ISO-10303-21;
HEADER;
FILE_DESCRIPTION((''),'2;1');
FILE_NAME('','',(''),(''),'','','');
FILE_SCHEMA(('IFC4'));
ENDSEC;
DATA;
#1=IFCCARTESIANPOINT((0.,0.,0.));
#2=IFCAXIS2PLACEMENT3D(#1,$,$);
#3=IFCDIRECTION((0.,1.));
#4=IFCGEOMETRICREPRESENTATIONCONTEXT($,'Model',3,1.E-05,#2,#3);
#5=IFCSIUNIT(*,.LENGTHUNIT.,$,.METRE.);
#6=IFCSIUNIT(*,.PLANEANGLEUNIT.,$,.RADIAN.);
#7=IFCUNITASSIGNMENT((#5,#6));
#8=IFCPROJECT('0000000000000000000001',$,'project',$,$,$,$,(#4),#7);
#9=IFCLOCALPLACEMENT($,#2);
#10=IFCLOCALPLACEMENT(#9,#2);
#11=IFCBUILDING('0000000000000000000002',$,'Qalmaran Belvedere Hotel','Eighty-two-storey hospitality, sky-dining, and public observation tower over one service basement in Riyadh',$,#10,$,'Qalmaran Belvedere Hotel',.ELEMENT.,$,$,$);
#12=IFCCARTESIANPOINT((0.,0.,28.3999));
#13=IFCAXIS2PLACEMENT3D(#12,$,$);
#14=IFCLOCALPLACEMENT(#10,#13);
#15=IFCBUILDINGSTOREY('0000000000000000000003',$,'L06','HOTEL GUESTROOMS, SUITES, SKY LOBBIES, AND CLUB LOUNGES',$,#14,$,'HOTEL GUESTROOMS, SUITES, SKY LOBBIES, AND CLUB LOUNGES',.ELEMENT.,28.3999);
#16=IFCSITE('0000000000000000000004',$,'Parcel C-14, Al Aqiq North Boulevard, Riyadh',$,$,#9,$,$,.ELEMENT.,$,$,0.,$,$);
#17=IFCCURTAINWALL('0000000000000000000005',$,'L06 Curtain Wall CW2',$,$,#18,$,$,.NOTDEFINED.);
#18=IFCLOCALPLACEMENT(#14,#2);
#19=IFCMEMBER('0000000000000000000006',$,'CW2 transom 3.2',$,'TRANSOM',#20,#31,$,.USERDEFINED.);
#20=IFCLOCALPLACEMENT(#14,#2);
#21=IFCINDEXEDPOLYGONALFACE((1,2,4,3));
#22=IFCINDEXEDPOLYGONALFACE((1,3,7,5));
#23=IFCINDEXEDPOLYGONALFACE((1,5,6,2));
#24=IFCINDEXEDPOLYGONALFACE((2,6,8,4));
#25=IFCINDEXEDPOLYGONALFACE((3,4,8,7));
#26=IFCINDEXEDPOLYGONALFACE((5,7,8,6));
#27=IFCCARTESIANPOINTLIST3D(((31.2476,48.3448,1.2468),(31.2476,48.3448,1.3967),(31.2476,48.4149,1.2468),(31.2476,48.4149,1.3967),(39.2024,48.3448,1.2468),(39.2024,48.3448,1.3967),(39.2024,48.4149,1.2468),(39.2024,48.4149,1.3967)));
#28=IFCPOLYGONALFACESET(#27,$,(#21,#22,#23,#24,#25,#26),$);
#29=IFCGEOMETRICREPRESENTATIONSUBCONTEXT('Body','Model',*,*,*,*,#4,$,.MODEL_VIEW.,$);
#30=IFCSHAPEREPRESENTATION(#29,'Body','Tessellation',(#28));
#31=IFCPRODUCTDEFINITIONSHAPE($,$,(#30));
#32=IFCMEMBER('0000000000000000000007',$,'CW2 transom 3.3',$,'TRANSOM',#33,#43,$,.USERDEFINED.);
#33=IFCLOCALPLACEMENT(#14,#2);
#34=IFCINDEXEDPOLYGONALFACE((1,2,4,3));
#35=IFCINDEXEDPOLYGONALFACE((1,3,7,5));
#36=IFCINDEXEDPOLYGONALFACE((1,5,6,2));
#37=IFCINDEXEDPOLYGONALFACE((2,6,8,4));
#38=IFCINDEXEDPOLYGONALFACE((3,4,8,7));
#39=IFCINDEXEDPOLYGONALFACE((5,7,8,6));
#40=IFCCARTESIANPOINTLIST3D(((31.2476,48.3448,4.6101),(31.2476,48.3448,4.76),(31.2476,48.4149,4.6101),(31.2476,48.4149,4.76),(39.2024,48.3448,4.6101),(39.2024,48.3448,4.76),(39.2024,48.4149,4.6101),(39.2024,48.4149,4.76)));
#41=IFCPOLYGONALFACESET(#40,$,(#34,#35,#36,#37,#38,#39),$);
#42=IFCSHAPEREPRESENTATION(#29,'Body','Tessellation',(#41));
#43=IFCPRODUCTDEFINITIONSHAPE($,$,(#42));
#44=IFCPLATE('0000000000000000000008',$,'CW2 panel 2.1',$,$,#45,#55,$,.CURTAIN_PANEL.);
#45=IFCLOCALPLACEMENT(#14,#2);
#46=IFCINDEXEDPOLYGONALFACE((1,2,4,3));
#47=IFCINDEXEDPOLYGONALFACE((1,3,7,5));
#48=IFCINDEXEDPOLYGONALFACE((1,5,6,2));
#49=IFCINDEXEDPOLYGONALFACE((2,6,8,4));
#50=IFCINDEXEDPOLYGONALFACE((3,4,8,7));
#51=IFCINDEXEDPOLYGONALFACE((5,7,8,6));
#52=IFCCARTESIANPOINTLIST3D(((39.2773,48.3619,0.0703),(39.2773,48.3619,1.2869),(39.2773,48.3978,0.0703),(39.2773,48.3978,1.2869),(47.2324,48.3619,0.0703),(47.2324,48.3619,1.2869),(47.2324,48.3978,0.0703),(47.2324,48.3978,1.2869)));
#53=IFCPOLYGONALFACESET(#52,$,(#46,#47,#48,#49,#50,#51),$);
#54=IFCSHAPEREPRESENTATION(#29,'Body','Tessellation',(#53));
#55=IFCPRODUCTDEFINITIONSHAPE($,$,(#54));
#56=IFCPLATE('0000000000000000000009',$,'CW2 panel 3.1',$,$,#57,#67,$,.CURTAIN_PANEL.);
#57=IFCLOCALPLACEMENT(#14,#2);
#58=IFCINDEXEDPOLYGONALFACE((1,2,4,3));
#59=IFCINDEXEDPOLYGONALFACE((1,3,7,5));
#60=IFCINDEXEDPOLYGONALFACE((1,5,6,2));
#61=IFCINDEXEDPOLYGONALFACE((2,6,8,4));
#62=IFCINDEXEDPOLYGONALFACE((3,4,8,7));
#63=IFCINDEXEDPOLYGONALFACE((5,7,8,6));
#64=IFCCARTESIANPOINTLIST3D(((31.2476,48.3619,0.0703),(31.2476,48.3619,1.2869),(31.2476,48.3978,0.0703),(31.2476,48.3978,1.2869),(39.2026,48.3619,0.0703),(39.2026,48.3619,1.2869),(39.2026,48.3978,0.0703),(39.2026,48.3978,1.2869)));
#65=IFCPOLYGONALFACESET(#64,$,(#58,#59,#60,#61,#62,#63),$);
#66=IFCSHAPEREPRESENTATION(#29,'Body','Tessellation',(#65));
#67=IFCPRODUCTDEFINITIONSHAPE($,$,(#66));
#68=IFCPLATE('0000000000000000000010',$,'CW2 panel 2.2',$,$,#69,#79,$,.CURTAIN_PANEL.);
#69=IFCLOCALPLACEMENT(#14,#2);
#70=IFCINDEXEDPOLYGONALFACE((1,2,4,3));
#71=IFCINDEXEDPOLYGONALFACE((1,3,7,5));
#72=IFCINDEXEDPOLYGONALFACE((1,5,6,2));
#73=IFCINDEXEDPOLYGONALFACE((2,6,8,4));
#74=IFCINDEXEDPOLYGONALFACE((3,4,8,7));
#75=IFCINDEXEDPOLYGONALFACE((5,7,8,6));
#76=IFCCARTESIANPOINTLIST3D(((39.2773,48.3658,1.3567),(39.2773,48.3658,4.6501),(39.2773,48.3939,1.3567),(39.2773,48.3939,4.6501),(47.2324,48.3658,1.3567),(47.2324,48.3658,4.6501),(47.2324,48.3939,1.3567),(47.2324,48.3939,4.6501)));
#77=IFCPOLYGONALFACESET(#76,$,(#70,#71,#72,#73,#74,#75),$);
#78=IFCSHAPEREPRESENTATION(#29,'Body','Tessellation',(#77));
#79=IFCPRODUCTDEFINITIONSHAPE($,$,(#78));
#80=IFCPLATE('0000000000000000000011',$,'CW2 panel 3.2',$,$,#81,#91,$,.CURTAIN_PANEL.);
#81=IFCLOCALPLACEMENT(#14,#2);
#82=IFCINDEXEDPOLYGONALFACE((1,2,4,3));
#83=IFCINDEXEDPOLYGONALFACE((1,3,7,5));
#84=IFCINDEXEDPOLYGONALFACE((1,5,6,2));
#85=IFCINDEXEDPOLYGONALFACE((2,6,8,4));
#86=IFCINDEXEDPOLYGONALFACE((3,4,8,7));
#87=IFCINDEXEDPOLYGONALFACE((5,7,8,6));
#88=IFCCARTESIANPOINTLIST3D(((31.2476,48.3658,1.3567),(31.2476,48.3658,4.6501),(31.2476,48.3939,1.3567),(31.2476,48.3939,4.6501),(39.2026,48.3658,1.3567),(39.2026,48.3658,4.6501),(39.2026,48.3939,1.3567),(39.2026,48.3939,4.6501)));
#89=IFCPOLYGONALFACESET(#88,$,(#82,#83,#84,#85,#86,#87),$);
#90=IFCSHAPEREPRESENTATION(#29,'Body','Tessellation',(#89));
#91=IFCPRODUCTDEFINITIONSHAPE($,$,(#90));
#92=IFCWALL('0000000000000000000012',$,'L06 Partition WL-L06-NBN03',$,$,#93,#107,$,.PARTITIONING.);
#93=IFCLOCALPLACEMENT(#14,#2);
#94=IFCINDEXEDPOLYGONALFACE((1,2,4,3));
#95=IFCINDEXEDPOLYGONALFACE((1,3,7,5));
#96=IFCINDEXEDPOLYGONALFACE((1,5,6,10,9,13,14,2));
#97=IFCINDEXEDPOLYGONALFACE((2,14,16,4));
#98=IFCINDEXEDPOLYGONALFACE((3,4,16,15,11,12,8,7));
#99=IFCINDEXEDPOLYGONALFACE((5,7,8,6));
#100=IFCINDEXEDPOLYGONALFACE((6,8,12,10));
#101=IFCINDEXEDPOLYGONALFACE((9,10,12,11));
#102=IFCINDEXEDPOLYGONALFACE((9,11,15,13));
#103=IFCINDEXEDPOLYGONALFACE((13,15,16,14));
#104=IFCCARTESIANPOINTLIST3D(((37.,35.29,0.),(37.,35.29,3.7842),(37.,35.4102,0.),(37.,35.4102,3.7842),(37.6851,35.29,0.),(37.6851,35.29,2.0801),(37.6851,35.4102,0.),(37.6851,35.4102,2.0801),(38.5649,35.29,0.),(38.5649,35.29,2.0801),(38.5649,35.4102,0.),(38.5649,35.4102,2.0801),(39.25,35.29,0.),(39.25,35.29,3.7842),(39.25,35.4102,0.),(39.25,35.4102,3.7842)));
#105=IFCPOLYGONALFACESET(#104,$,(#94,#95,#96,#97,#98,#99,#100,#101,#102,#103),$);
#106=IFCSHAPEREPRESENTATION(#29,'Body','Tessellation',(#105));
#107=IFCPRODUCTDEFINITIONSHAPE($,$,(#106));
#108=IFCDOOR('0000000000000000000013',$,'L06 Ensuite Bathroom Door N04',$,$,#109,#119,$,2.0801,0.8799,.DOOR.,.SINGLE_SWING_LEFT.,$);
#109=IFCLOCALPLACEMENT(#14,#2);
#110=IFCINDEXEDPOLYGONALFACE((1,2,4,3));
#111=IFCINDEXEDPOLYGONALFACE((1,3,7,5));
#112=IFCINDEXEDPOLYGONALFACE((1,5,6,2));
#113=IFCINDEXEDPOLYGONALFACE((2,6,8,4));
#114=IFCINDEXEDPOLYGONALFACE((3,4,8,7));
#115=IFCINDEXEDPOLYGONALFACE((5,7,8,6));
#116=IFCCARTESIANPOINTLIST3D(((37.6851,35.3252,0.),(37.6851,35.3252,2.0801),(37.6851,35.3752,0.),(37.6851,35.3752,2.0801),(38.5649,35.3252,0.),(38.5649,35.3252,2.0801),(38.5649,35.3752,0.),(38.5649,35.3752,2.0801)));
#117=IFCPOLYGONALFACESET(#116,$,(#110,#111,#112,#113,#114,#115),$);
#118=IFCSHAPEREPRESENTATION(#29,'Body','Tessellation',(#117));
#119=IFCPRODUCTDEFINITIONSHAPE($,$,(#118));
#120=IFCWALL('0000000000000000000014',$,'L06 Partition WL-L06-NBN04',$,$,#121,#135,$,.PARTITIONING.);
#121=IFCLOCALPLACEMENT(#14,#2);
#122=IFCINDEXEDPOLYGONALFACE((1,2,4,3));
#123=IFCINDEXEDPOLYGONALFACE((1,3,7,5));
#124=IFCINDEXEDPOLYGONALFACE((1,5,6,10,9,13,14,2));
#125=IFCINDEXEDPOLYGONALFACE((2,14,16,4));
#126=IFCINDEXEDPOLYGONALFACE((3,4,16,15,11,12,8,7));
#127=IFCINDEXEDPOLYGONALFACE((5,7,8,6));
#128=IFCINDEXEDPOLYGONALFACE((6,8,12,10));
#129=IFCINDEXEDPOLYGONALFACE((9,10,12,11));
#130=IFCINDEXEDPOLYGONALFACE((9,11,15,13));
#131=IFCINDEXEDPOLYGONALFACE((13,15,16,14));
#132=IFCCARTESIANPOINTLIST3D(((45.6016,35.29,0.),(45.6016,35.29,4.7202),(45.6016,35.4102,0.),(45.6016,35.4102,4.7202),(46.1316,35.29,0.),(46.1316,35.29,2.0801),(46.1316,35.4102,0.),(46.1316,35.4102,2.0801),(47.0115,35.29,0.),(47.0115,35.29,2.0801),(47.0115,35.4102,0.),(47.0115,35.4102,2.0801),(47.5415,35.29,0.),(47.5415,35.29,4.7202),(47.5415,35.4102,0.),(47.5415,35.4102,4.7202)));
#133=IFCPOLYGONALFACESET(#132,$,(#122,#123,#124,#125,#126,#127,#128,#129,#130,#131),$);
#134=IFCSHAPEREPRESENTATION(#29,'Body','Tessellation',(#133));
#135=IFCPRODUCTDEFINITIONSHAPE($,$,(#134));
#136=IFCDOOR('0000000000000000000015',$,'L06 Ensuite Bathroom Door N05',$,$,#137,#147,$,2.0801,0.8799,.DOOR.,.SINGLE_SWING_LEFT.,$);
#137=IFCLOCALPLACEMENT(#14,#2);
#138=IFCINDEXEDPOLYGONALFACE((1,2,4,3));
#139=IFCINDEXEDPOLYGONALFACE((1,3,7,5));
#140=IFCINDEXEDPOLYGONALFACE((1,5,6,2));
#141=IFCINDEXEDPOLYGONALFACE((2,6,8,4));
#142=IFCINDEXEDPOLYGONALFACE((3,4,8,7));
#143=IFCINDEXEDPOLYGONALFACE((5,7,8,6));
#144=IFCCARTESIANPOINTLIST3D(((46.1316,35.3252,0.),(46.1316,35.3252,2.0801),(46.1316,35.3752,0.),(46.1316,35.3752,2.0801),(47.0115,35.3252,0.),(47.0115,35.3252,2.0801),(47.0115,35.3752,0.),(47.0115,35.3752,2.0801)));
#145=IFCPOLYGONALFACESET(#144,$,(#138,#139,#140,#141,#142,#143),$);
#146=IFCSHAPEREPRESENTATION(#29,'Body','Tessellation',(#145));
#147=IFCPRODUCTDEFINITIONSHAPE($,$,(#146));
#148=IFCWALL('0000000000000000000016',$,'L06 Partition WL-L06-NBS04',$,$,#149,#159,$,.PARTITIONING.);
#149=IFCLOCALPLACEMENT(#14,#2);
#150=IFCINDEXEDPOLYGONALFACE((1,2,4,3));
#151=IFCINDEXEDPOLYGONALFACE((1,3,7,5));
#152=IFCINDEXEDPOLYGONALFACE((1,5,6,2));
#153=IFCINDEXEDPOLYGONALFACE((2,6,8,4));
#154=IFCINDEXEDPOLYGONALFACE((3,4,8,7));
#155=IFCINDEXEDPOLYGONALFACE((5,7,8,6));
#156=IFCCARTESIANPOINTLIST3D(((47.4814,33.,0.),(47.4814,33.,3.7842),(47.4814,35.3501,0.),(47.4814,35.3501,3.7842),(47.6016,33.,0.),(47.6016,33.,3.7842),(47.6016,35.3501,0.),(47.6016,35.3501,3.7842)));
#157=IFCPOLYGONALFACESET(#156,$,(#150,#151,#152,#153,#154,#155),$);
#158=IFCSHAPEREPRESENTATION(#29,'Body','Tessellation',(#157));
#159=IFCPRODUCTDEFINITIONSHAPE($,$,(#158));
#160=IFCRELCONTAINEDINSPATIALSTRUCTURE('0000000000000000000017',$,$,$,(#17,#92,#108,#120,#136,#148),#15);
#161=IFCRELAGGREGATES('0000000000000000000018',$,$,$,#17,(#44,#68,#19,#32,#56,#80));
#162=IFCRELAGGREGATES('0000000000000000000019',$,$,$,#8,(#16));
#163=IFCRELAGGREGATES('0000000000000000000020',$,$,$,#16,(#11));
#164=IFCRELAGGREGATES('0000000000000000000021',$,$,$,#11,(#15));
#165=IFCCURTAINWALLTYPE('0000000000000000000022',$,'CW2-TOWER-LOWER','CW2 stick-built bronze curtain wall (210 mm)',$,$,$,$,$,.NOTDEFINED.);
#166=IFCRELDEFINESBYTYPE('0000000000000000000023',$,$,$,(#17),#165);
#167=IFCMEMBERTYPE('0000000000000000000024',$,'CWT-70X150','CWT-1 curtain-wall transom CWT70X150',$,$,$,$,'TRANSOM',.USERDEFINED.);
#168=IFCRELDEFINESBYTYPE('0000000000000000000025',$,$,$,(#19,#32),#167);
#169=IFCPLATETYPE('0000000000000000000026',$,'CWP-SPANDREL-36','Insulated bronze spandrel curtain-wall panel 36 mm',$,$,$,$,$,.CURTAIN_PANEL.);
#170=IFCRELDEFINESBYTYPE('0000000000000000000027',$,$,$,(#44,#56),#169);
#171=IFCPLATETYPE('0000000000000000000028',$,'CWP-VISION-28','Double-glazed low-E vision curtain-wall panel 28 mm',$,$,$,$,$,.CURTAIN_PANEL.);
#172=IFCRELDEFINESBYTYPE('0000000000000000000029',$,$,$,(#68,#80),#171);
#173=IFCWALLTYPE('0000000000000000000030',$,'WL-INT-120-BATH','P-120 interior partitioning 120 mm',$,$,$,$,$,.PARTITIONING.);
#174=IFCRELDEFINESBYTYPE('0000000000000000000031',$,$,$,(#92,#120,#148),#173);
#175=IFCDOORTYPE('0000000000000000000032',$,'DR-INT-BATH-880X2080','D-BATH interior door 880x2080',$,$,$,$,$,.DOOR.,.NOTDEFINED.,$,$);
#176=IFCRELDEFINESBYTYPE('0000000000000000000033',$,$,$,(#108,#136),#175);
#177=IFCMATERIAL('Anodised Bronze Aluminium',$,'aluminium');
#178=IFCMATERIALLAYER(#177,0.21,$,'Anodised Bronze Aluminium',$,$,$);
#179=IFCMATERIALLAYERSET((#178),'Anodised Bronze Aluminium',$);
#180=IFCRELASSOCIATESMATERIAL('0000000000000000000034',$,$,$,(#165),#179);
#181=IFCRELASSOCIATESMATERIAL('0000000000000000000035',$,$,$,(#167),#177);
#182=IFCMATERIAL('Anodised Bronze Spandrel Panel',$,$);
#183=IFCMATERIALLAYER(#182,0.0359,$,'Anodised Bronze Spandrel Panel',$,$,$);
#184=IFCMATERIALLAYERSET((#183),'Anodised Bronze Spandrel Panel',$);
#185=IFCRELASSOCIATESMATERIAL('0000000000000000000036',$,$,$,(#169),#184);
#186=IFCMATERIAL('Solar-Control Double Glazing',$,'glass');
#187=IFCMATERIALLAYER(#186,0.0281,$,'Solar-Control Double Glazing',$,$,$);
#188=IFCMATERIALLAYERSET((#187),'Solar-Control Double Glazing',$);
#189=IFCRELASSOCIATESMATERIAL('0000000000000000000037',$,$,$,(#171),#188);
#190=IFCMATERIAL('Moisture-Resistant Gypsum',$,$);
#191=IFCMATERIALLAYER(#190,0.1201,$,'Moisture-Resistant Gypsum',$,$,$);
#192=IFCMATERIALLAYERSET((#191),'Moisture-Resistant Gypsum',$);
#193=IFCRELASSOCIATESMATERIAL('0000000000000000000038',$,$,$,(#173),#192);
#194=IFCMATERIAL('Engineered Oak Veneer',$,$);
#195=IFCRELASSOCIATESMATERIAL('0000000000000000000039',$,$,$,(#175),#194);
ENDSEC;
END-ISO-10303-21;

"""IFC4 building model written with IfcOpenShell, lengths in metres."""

from ifc_helpers import new_model, si_unit, direction, frame, frame_2d, origin, origin_2d, place, context, subcontext, project, spatial, rectangle, extrude, material, layer, layer_set, material_profile, profile_set, type_object, element, fill, aggregate, save


model = new_model("IFC4")

# Units and contexts
model_context = context("Model", 3, precision=1e-05, world=origin(), true_north=direction((0.0, 1.0)))
body_context = subcontext(model_context, "Body", "Model", "MODEL_VIEW")
ifc_project = project(units=[si_unit("LENGTHUNIT", "METRE"), si_unit("PLANEANGLEUNIT", "RADIAN")], contexts=[model_context])

# Site, building, storey
site_placement = place(None, origin())
site = spatial("IfcSite", under=ifc_project, at=site_placement, Name="Parcel C-14, Al Aqiq North Boulevard, Riyadh", CompositionType="ELEMENT", RefElevation=0.0)
building_placement = place(site_placement, origin())
building = spatial("IfcBuilding", under=site, at=building_placement, Name="Qalmaran Belvedere Hotel", Description="Eighty-two-storey hospitality, sky-dining, and public observation tower over one service basement in Riyadh", LongName="Qalmaran Belvedere Hotel", CompositionType="ELEMENT")
storey_placement = place(building_placement, frame((0.0, 0.0, 28.3999)))
storey = spatial("IfcBuildingStorey", under=building, at=storey_placement, Name="L06", Description="HOTEL GUESTROOMS, SUITES, SKY LOBBIES, AND CLUB LOUNGES", LongName="HOTEL GUESTROOMS, SUITES, SKY LOBBIES, AND CLUB LOUNGES", CompositionType="ELEMENT", Elevation=28.3999)

# Curtain wall, members, plates
ifc_material_1 = material(Name="Anodised Bronze Aluminium", Category="aluminium")
ifc_layer_1 = layer(ifc_material_1, 0.21, Name="Anodised Bronze Aluminium")
ifc_layer_set_1 = layer_set([ifc_layer_1], Name="Anodised Bronze Aluminium")
curtain_wall_type = type_object("IfcCurtainWallType", Name="CW2-TOWER-LOWER", Description="CW2 stick-built bronze curtain wall (210 mm)", PredefinedType="NOTDEFINED", material=ifc_layer_set_1)
curtain_wall_placement = place(storey_placement, origin())
curtain_wall = element("IfcCurtainWall", 1, at=curtain_wall_placement, inside=storey, type_object=curtain_wall_type, Name="L06 Curtain Wall CW2", PredefinedType="NOTDEFINED")
ifc_material_profile_1 = material_profile(ifc_material_1, rectangle(XDim=0.0701, YDim=0.1499, at=origin_2d()), Name="CWT70X150")
ifc_profile_set_1 = profile_set([ifc_material_profile_1], Name="Anodised Bronze Aluminium")
member_type_1 = type_object("IfcMemberType", Name="CWT-70X150", Description="CWT-1 curtain-wall transom CWT70X150", ElementType="TRANSOM", PredefinedType="USERDEFINED", material=ifc_profile_set_1)
member_1_placement = place(storey_placement, frame((39.2024, 48.3799, 1.3218), z_axis=(-1.0, 0.0, 0.0), x_axis=(0.0, -1.0, 0.0)))
member_1 = element("IfcMember", 2, at=member_1_placement, type_object=member_type_1, Name="CW2 transom 3.2", ObjectType="TRANSOM", PredefinedType="USERDEFINED", context=body_context, shape_type="SweptSolid", body=[
    extrude(rectangle(XDim=0.0701, YDim=0.1499, at=origin_2d()), origin(), (0.0, 0.0, 1.0), 7.9548),
])
member_2_placement = place(storey_placement, frame((39.2024, 48.3799, 4.6851), z_axis=(-1.0, 0.0, 0.0), x_axis=(0.0, -1.0, 0.0)))
member_2 = element("IfcMember", 3, at=member_2_placement, type_object=member_type_1, Name="CW2 transom 3.3", ObjectType="TRANSOM", PredefinedType="USERDEFINED", context=body_context, shape_type="SweptSolid", body=[
    extrude(rectangle(XDim=0.0701, YDim=0.1499, at=origin_2d()), origin(), (0.0, 0.0, 1.0), 7.9548),
])
ifc_material_2 = material(Name="Anodised Bronze Spandrel Panel")
ifc_layer_2 = layer(ifc_material_2, 0.0359, Name="Anodised Bronze Spandrel Panel")
ifc_layer_set_2 = layer_set([ifc_layer_2], Name="Anodised Bronze Spandrel Panel")
plate_type_1 = type_object("IfcPlateType", Name="CWP-SPANDREL-36", Description="Insulated bronze spandrel curtain-wall panel 36 mm", PredefinedType="CURTAIN_PANEL", material=ifc_layer_set_2)
plate_1_placement = place(storey_placement, frame((43.2549, 48.3799, 0.0703), z_axis=(0.0, 0.0, 1.0), x_axis=(-1.0, 0.0, 0.0)))
plate_1 = element("IfcPlate", 4, at=plate_1_placement, type_object=plate_type_1, Name="CW2 panel 2.1", PredefinedType="CURTAIN_PANEL", context=body_context, shape_type="SweptSolid", body=[
    extrude(rectangle(XDim=7.9551, YDim=0.0359, at=origin_2d()), origin(), (0.0, 0.0, 1.0), 1.2166),
])
plate_2_placement = place(storey_placement, frame((35.2251, 48.3799, 0.0703), z_axis=(0.0, 0.0, 1.0), x_axis=(-1.0, 0.0, 0.0)))
plate_2 = element("IfcPlate", 5, at=plate_2_placement, type_object=plate_type_1, Name="CW2 panel 3.1", PredefinedType="CURTAIN_PANEL", context=body_context, shape_type="SweptSolid", body=[
    extrude(rectangle(XDim=7.9551, YDim=0.0359, at=origin_2d()), origin(), (0.0, 0.0, 1.0), 1.2166),
])
ifc_material_3 = material(Name="Solar-Control Double Glazing", Category="glass")
ifc_layer_3 = layer(ifc_material_3, 0.0281, Name="Solar-Control Double Glazing")
ifc_layer_set_3 = layer_set([ifc_layer_3], Name="Solar-Control Double Glazing")
plate_type_2 = type_object("IfcPlateType", Name="CWP-VISION-28", Description="Double-glazed low-E vision curtain-wall panel 28 mm", PredefinedType="CURTAIN_PANEL", material=ifc_layer_set_3)
plate_3_placement = place(storey_placement, frame((43.2549, 48.3799, 1.3567), z_axis=(0.0, 0.0, 1.0), x_axis=(-1.0, 0.0, 0.0)))
plate_3 = element("IfcPlate", 6, at=plate_3_placement, type_object=plate_type_2, Name="CW2 panel 2.2", PredefinedType="CURTAIN_PANEL", context=body_context, shape_type="SweptSolid", body=[
    extrude(rectangle(XDim=7.9551, YDim=0.0281, at=origin_2d()), origin(), (0.0, 0.0, 1.0), 3.2935),
])
plate_4_placement = place(storey_placement, frame((35.2251, 48.3799, 1.3567), z_axis=(0.0, 0.0, 1.0), x_axis=(-1.0, 0.0, 0.0)))
plate_4 = element("IfcPlate", 7, at=plate_4_placement, type_object=plate_type_2, Name="CW2 panel 3.2", PredefinedType="CURTAIN_PANEL", context=body_context, shape_type="SweptSolid", body=[
    extrude(rectangle(XDim=7.9551, YDim=0.0281, at=origin_2d()), origin(), (0.0, 0.0, 1.0), 3.2935),
])
aggregate(curtain_wall, [plate_1, plate_3, member_1, member_2, plate_2, plate_4])

# Walls, openings, doors
ifc_material_4 = material(Name="Moisture-Resistant Gypsum")
ifc_layer_4 = layer(ifc_material_4, 0.1201, Name="Moisture-Resistant Gypsum")
ifc_layer_set_4 = layer_set([ifc_layer_4], Name="Moisture-Resistant Gypsum")
wall_type = type_object("IfcWallType", Name="WL-INT-120-BATH", Description="P-120 interior partitioning 120 mm", PredefinedType="PARTITIONING", material=ifc_layer_set_4)
wall_1_placement = place(storey_placement, frame((37.0, 35.3501, 0.0), z_axis=(0.0, 0.0, 1.0), x_axis=(1.0, 0.0, 0.0)))
wall_1 = element("IfcWall", 8, at=wall_1_placement, inside=storey, type_object=wall_type, Name="L06 Partition WL-L06-NBN03", PredefinedType="PARTITIONING", context=body_context, shape_type="SweptSolid", body=[
    extrude(rectangle(XDim=2.25, YDim=0.1201, at=frame_2d((1.125, 0.0))), origin(), (0.0, 0.0, 1.0), 3.7842),
])
opening_1_placement = place(wall_1_placement, frame((1.5649, 0.0, 0.0), z_axis=(0.0, 0.0, 1.0), x_axis=(-1.0, 0.0, 0.0)))
opening_1 = element("IfcOpeningElement", 9, at=opening_1_placement, cuts=wall_1, PredefinedType="OPENING", context=body_context, shape_type="SweptSolid", body=[
    extrude(rectangle(XDim=0.8799, YDim=2.0801, at=frame_2d((0.4399, 1.04))), frame((0.0, 0.0701, 0.0), z_axis=(0.0, -1.0, 0.0), x_axis=(1.0, 0.0, 0.0)), (0.0, 0.0, 1.0), 0.1401),
])
ifc_material_5 = material(Name="Engineered Oak Veneer")
door_type = type_object("IfcDoorType", Name="DR-INT-BATH-880X2080", Description="D-BATH interior door 880x2080", OperationType="NOTDEFINED", PredefinedType="DOOR", material=ifc_material_5)
door_1_placement = place(opening_1_placement, origin())
door_1 = element("IfcDoor", 10, at=door_1_placement, inside=storey, type_object=door_type, Name="L06 Ensuite Bathroom Door N04", OperationType="SINGLE_SWING_LEFT", OverallHeight=2.0801, OverallWidth=0.8799, PredefinedType="DOOR", context=body_context, shape_type="SweptSolid", body=[
    extrude(rectangle(XDim=0.8799, YDim=2.0801, at=frame_2d((0.4399, 1.04))), frame((0.0, 0.0249, 0.0), z_axis=(0.0, -1.0, 0.0), x_axis=(1.0, 0.0, 0.0)), (0.0, 0.0, 1.0), 0.05),
])
fill(opening_1, door_1)
wall_2_placement = place(storey_placement, frame((45.6016, 35.3501, 0.0), z_axis=(0.0, 0.0, 1.0), x_axis=(1.0, 0.0, 0.0)))
wall_2 = element("IfcWall", 11, at=wall_2_placement, inside=storey, type_object=wall_type, Name="L06 Partition WL-L06-NBN04", PredefinedType="PARTITIONING", context=body_context, shape_type="SweptSolid", body=[
    extrude(rectangle(XDim=1.9399, YDim=0.1201, at=frame_2d((0.97, 0.0))), origin(), (0.0, 0.0, 1.0), 4.7202),
])
opening_2_placement = place(wall_2_placement, frame((1.4099, 0.0, 0.0), z_axis=(0.0, 0.0, 1.0), x_axis=(-1.0, 0.0, 0.0)))
opening_2 = element("IfcOpeningElement", 12, at=opening_2_placement, cuts=wall_2, PredefinedType="OPENING", context=body_context, shape_type="SweptSolid", body=[
    extrude(rectangle(XDim=0.8799, YDim=2.0801, at=frame_2d((0.4399, 1.04))), frame((0.0, 0.0701, 0.0), z_axis=(0.0, -1.0, 0.0), x_axis=(1.0, 0.0, 0.0)), (0.0, 0.0, 1.0), 0.1401),
])
door_2_placement = place(opening_2_placement, origin())
door_2 = element("IfcDoor", 13, at=door_2_placement, inside=storey, type_object=door_type, Name="L06 Ensuite Bathroom Door N05", OperationType="SINGLE_SWING_LEFT", OverallHeight=2.0801, OverallWidth=0.8799, PredefinedType="DOOR", context=body_context, shape_type="SweptSolid", body=[
    extrude(rectangle(XDim=0.8799, YDim=2.0801, at=frame_2d((0.4399, 1.04))), frame((0.0, 0.0249, 0.0), z_axis=(0.0, -1.0, 0.0), x_axis=(1.0, 0.0, 0.0)), (0.0, 0.0, 1.0), 0.05),
])
fill(opening_2, door_2)

# Wall
wall_3_placement = place(storey_placement, frame((47.5415, 33.0, 0.0), z_axis=(0.0, 0.0, 1.0), x_axis=(0.0, 1.0, 0.0)))
element("IfcWall", 14, at=wall_3_placement, inside=storey, type_object=wall_type, Name="L06 Partition WL-L06-NBS04", PredefinedType="PARTITIONING", context=body_context, shape_type="SweptSolid", body=[
    extrude(rectangle(XDim=2.3501, YDim=0.1201, at=frame_2d((1.175, 0.0))), origin(), (0.0, 0.0, 1.0), 3.7842),
])

save(model, "model.ifc")
